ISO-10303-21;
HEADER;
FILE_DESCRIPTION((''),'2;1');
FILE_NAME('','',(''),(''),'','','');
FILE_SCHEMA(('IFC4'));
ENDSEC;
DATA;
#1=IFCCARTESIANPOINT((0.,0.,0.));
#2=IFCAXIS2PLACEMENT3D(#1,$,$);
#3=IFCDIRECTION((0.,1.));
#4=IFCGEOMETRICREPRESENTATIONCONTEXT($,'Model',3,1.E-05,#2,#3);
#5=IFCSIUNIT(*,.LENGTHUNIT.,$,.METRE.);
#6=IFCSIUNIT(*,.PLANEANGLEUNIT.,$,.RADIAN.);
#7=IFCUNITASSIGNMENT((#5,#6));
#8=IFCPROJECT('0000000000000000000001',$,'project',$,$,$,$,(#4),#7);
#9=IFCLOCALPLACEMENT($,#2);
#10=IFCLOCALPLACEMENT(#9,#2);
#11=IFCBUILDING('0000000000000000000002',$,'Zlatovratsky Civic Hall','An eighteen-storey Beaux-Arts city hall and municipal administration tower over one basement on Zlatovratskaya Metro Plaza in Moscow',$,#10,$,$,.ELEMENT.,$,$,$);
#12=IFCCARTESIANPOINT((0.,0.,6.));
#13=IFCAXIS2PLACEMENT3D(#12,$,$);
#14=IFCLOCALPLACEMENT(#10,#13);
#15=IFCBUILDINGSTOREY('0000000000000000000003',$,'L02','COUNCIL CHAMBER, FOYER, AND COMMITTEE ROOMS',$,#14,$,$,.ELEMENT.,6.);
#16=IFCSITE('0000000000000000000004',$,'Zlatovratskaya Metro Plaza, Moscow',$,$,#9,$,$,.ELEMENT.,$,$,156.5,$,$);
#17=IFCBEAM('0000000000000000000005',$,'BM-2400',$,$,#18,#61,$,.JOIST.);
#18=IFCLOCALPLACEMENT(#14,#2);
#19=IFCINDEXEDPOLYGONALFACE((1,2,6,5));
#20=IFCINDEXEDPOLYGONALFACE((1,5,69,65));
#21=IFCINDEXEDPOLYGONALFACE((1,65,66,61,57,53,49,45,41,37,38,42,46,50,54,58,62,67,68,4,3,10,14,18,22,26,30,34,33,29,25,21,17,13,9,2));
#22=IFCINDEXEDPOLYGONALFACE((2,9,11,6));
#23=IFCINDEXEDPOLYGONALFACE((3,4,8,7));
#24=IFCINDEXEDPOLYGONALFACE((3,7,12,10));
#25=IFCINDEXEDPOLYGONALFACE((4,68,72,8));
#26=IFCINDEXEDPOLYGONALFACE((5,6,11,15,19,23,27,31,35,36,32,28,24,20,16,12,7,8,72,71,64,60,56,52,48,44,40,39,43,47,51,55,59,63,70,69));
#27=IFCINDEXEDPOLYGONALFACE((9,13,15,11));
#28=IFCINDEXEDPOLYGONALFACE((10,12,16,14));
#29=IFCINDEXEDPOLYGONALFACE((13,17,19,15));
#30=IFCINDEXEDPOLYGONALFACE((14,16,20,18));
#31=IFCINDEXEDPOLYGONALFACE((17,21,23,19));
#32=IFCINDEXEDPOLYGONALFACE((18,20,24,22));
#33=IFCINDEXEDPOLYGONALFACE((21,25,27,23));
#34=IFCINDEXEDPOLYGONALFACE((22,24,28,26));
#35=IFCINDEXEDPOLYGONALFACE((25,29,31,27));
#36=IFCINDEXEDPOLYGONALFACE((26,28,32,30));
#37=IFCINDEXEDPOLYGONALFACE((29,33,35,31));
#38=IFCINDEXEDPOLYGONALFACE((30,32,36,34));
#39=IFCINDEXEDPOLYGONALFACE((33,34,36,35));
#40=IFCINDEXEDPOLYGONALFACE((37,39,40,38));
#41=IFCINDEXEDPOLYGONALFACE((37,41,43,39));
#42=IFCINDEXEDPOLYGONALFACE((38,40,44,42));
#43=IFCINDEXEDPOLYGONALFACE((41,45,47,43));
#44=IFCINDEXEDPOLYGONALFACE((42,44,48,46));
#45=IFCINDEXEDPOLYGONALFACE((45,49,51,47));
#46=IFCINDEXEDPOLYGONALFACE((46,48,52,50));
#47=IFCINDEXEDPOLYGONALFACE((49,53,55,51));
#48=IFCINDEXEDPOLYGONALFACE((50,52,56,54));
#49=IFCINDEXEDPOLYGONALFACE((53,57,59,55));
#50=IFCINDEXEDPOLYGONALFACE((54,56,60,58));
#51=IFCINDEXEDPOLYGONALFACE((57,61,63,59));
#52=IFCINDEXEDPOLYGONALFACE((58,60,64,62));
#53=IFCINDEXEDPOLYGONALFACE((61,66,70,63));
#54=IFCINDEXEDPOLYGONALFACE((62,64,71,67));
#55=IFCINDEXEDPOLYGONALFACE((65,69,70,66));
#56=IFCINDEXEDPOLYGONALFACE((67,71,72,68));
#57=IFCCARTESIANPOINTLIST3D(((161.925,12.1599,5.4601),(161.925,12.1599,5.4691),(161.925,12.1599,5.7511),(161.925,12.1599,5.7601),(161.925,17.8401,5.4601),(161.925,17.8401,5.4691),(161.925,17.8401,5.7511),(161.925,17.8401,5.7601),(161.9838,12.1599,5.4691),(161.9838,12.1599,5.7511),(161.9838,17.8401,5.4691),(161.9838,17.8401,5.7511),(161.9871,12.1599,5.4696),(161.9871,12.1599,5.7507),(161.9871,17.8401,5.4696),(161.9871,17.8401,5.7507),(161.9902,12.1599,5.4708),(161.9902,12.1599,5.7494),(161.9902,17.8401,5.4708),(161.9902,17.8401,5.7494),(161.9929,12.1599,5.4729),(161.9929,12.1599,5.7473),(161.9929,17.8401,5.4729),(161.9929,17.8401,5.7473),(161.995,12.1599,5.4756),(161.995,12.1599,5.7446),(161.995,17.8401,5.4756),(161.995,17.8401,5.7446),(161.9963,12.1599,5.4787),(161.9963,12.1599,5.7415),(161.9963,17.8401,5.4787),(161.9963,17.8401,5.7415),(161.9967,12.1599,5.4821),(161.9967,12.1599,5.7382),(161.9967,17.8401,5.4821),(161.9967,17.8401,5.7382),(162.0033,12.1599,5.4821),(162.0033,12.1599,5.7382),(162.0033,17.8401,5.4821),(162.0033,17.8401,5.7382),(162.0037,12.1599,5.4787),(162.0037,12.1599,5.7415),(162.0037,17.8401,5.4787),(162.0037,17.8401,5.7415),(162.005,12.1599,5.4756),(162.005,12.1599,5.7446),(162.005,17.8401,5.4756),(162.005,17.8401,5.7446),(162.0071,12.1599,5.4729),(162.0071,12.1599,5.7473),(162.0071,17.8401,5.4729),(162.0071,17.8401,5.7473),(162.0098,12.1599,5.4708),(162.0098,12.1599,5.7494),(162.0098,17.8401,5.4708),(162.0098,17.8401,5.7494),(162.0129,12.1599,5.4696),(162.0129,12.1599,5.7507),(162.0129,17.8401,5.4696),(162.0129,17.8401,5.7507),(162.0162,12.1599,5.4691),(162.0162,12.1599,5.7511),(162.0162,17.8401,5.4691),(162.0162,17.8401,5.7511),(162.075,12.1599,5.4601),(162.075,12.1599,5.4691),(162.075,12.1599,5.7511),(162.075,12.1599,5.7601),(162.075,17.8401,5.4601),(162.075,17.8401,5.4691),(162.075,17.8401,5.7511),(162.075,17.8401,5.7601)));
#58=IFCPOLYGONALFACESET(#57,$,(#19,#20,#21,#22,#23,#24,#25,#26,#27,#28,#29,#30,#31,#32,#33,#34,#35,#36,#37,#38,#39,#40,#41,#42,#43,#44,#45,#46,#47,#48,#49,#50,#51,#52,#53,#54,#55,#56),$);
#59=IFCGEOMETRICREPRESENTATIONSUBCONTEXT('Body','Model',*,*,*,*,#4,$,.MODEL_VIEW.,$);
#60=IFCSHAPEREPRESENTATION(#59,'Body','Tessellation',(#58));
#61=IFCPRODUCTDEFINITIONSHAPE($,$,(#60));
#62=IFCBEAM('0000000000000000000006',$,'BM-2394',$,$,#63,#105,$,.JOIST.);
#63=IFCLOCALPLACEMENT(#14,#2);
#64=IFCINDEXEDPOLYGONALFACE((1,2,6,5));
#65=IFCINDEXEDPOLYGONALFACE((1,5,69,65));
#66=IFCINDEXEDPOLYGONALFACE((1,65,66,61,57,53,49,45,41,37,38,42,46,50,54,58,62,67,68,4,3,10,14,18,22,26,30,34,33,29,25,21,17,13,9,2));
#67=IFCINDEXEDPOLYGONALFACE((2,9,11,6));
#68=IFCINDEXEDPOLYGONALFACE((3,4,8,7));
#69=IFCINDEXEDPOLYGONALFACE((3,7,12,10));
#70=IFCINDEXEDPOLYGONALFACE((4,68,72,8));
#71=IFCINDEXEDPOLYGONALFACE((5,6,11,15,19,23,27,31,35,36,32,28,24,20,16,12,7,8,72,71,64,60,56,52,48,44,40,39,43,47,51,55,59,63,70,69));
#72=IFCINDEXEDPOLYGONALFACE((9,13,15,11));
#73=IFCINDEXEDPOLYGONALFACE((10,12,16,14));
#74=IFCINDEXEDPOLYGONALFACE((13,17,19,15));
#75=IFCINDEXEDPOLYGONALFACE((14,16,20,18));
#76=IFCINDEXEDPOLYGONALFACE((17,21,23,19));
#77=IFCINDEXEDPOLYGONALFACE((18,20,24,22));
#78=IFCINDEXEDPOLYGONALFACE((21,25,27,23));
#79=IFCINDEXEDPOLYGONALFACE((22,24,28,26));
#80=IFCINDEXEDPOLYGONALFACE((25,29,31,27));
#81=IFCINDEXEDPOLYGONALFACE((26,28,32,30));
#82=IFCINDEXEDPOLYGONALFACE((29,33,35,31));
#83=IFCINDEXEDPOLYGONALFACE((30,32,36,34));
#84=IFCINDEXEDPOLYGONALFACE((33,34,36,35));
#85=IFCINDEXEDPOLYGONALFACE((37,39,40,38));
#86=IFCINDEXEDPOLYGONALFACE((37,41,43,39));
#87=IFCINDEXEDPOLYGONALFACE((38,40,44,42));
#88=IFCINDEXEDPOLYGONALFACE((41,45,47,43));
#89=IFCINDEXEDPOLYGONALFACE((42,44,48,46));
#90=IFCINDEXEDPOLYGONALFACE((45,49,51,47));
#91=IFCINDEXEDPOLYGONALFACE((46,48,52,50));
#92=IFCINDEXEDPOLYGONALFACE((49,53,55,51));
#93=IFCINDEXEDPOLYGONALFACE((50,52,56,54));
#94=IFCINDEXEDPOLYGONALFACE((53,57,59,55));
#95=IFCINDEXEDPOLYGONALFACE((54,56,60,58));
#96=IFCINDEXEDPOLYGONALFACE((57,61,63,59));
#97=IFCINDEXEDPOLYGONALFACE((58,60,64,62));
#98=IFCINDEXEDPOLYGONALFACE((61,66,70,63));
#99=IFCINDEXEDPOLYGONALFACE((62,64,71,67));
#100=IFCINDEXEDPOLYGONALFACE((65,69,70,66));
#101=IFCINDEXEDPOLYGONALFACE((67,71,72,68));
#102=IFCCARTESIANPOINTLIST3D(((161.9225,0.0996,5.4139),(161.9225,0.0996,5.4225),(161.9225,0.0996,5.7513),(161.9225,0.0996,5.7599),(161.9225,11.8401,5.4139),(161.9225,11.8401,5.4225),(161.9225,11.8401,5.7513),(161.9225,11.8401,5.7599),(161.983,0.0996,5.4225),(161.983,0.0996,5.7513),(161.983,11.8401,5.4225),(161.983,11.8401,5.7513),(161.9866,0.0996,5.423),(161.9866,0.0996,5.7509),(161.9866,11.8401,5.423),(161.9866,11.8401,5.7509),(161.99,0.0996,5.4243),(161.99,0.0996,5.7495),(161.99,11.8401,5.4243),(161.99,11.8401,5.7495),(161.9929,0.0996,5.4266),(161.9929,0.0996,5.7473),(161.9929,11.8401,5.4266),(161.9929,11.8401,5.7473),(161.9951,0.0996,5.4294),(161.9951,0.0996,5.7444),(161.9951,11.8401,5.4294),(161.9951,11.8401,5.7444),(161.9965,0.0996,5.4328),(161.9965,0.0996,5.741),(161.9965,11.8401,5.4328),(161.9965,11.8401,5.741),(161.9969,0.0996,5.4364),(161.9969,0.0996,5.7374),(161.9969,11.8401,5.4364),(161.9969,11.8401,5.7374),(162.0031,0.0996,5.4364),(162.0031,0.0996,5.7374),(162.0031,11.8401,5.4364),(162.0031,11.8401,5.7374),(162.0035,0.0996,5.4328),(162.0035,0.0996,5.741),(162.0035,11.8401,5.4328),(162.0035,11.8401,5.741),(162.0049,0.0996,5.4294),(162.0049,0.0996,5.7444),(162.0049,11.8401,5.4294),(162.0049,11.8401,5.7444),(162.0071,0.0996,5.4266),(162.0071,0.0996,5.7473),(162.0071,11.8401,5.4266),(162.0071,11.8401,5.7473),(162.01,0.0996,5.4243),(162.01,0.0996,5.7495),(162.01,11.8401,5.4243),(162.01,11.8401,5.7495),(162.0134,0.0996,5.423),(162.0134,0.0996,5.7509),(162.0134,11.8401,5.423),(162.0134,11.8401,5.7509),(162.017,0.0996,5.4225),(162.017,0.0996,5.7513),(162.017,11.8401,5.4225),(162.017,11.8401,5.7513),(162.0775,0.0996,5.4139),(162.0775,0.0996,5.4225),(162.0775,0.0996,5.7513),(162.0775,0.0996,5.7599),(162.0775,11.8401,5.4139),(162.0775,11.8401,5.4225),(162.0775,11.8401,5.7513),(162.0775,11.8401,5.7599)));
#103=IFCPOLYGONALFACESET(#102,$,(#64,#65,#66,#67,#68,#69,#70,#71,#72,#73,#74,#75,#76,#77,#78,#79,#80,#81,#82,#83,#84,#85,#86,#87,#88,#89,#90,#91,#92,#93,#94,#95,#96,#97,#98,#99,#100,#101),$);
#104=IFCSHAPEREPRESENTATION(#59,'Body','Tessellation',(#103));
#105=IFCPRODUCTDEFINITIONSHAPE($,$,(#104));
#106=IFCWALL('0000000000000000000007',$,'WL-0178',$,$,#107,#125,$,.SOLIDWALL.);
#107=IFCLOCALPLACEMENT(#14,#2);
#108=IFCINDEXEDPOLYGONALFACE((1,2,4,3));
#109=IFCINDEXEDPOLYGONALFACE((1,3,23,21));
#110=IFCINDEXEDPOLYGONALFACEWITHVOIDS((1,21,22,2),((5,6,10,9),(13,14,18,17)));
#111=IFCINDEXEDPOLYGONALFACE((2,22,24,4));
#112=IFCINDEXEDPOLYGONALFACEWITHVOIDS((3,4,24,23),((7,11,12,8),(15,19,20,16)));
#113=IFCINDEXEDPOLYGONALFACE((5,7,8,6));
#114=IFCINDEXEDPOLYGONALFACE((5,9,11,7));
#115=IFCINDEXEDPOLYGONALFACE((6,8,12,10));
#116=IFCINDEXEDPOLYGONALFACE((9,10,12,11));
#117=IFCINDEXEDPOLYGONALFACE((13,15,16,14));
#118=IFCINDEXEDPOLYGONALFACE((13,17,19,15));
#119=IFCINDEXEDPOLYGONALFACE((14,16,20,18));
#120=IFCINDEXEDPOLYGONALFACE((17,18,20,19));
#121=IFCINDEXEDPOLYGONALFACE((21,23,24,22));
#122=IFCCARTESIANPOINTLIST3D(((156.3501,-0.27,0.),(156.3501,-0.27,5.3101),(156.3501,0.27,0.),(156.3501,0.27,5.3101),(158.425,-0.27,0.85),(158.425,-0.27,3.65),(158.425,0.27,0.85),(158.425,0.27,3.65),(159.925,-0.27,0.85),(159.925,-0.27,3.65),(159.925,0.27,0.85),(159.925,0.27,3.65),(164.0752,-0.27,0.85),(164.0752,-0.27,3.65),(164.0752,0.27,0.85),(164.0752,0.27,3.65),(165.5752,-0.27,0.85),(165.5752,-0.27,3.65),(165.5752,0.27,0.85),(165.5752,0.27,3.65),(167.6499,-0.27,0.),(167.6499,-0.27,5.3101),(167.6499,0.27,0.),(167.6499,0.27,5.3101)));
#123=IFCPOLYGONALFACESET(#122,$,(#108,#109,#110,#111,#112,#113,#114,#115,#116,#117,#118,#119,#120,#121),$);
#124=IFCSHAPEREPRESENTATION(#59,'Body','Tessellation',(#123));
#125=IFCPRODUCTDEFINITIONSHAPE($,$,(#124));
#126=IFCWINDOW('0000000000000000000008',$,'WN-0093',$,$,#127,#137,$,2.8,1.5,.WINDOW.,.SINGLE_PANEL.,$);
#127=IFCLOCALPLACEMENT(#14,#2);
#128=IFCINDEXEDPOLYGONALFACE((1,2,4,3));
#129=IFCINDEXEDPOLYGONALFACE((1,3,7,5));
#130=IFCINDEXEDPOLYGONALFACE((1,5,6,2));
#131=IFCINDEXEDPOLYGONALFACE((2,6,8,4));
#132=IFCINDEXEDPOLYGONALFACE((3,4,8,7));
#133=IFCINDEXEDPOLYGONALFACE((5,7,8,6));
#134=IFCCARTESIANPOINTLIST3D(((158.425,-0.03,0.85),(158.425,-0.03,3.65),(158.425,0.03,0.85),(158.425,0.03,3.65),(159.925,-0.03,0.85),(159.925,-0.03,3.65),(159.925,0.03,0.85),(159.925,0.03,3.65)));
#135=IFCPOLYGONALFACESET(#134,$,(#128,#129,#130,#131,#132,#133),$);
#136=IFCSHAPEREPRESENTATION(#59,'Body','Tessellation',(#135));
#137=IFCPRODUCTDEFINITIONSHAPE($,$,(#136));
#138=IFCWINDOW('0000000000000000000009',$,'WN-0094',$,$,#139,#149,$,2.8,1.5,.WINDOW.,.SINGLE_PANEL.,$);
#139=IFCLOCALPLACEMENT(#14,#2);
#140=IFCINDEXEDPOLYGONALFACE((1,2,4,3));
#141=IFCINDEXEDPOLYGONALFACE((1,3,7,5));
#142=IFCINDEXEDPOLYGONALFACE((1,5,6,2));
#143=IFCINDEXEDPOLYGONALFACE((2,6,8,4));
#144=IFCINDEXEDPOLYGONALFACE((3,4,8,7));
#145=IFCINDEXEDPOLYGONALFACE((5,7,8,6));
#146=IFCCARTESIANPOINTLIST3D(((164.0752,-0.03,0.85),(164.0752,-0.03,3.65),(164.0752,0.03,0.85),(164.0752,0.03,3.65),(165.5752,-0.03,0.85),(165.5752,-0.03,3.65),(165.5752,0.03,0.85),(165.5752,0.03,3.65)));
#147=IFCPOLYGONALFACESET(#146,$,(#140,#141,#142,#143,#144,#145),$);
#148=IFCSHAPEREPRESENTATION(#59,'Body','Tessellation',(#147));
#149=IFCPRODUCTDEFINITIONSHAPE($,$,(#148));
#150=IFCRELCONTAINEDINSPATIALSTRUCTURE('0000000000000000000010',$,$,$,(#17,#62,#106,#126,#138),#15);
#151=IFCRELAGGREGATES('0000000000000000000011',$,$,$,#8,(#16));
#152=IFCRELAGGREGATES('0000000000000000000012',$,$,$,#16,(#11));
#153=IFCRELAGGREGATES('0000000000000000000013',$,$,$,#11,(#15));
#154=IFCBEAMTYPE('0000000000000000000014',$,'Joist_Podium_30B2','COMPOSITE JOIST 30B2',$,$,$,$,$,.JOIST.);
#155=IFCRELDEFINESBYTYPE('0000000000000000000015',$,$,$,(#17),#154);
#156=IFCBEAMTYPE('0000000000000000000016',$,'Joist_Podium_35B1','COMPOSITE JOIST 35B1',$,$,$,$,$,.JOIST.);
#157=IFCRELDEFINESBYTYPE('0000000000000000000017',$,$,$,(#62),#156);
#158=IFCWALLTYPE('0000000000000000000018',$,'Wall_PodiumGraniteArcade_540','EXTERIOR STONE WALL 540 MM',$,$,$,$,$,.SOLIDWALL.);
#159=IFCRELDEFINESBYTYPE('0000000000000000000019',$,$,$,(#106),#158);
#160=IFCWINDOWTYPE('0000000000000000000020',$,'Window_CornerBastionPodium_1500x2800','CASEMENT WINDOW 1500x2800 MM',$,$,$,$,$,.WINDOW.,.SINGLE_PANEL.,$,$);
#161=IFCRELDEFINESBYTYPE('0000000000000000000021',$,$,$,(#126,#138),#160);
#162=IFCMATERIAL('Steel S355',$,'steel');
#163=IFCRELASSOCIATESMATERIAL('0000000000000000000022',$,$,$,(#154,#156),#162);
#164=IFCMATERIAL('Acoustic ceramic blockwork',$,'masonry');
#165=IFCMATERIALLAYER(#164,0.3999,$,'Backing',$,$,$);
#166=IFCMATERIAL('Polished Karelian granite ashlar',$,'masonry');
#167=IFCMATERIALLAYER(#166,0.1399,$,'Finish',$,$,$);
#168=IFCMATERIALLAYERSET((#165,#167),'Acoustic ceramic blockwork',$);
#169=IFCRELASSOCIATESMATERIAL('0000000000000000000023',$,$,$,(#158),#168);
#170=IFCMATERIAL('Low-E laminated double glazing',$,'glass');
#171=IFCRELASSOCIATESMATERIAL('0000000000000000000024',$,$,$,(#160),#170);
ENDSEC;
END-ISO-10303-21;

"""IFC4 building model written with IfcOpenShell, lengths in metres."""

from ifc_helpers import new_model, si_unit, direction, frame, frame_2d, origin, origin_2d, place, context, subcontext, project, spatial, rectangle, i_section, extrude, material, layer, layer_set, material_profile, profile_set, type_object, element, fill, save


model = new_model("IFC4")

# Units and contexts
model_context = context("Model", 3, precision=1e-05, world=origin(), true_north=direction((0.0, 1.0)))
body_context = subcontext(model_context, "Body", "Model", "MODEL_VIEW")
ifc_project = project(units=[si_unit("LENGTHUNIT", "METRE"), si_unit("PLANEANGLEUNIT", "RADIAN")], contexts=[model_context])

# Site, building, storey
site_placement = place(None, origin())
site = spatial("IfcSite", under=ifc_project, at=site_placement, Name="Zlatovratskaya Metro Plaza, Moscow", CompositionType="ELEMENT", RefElevation=156.5)
building_placement = place(site_placement, origin())
building = spatial("IfcBuilding", under=site, at=building_placement, Name="Zlatovratsky Civic Hall", Description="An eighteen-storey Beaux-Arts city hall and municipal administration tower over one basement on Zlatovratskaya Metro Plaza in Moscow", CompositionType="ELEMENT")
storey_placement = place(building_placement, frame((0.0, 0.0, 6.0)))
storey = spatial("IfcBuildingStorey", under=building, at=storey_placement, Name="L02", Description="COUNCIL CHAMBER, FOYER, AND COMMITTEE ROOMS", CompositionType="ELEMENT", Elevation=6.0)

# Shared definitions
ifc_material_1 = material(Name="Steel S355", Category="steel")

# Beams
ifc_material_profile_1 = material_profile(ifc_material_1, i_section(OverallWidth=0.1499, OverallDepth=0.3, WebThickness=0.0066, FlangeThickness=0.009, FilletRadius=0.0129, at=origin_2d()), Name="30B2")
ifc_profile_set_1 = profile_set([ifc_material_profile_1], Name="Steel S355")
beam_type_1 = type_object("IfcBeamType", Name="Joist_Podium_30B2", Description="COMPOSITE JOIST 30B2", PredefinedType="JOIST", material=ifc_profile_set_1)
beam_1_placement = place(storey_placement, frame((162.0, 12.1599, 5.6101), z_axis=(0.0, 1.0, 0.0), x_axis=(-1.0, 0.0, 0.0)))
element("IfcBeam", 1, at=beam_1_placement, inside=storey, type_object=beam_type_1, Name="BM-2400", PredefinedType="JOIST", context=body_context, shape_type="SweptSolid", body=[
    extrude(i_section(OverallWidth=0.1499, OverallDepth=0.3, WebThickness=0.0066, FlangeThickness=0.009, FilletRadius=0.0129, at=origin_2d()), origin(), (0.0, 0.0, 1.0), 5.6802),
])
ifc_material_profile_2 = material_profile(ifc_material_1, i_section(OverallWidth=0.155, OverallDepth=0.3459, WebThickness=0.0061, FlangeThickness=0.0085, FilletRadius=0.0139, at=origin_2d()), Name="35B1")
ifc_profile_set_2 = profile_set([ifc_material_profile_2], Name="Steel S355")
beam_type_2 = type_object("IfcBeamType", Name="Joist_Podium_35B1", Description="COMPOSITE JOIST 35B1", PredefinedType="JOIST", material=ifc_profile_set_2)
beam_2_placement = place(storey_placement, frame((162.0, 0.0996, 5.5869), z_axis=(0.0, 1.0, 0.0), x_axis=(-1.0, 0.0, 0.0)))
element("IfcBeam", 2, at=beam_2_placement, inside=storey, type_object=beam_type_2, Name="BM-2394", PredefinedType="JOIST", context=body_context, shape_type="SweptSolid", body=[
    extrude(i_section(OverallWidth=0.155, OverallDepth=0.3459, WebThickness=0.0061, FlangeThickness=0.0085, FilletRadius=0.0139, at=origin_2d()), origin(), (0.0, 0.0, 1.0), 11.7405),
])

# Wall, openings, windows
ifc_material_2 = material(Name="Acoustic ceramic blockwork", Category="masonry")
ifc_layer_1 = layer(ifc_material_2, 0.3999, Name="Backing")
ifc_material_3 = material(Name="Polished Karelian granite ashlar", Category="masonry")
ifc_layer_2 = layer(ifc_material_3, 0.1399, Name="Finish")
ifc_layer_set = layer_set([ifc_layer_1, ifc_layer_2], Name="Acoustic ceramic blockwork")
wall_type = type_object("IfcWallType", Name="Wall_PodiumGraniteArcade_540", Description="EXTERIOR STONE WALL 540 MM", PredefinedType="SOLIDWALL", material=ifc_layer_set)
wall_1_placement = place(storey_placement, frame((156.3501, 0.0, 0.0), z_axis=(0.0, 0.0, 1.0), x_axis=(1.0, 0.0, 0.0)))
wall_1 = element("IfcWall", 3, at=wall_1_placement, inside=storey, type_object=wall_type, Name="WL-0178", PredefinedType="SOLIDWALL", context=body_context, shape_type="SweptSolid", body=[
    extrude(rectangle(XDim=11.2998, YDim=0.54, at=frame_2d((5.6499, 0.0))), origin(), (0.0, 0.0, 1.0), 5.3101),
])
opening_1_placement = place(wall_1_placement, frame((2.075, 0.0, 0.8501)))
opening_1 = element("IfcOpeningElement", 4, at=opening_1_placement, cuts=wall_1, PredefinedType="OPENING", context=body_context, shape_type="SweptSolid", body=[
    extrude(rectangle(XDim=1.5, YDim=2.8, at=frame_2d((0.75, 1.3999))), frame((0.0, 0.2849, 0.0), z_axis=(0.0, -1.0, 0.0), x_axis=(1.0, 0.0, 0.0)), (0.0, 0.0, 1.0), 0.5698),
])
opening_2_placement = place(wall_1_placement, frame((7.7251, 0.0, 0.8501)))
opening_2 = element("IfcOpeningElement", 5, at=opening_2_placement, cuts=wall_1, PredefinedType="OPENING", context=body_context, shape_type="SweptSolid", body=[
    extrude(rectangle(XDim=1.5, YDim=2.8, at=frame_2d((0.75, 1.3999))), frame((0.0, 0.2849, 0.0), z_axis=(0.0, -1.0, 0.0), x_axis=(1.0, 0.0, 0.0)), (0.0, 0.0, 1.0), 0.5698),
])
ifc_material_4 = material(Name="Low-E laminated double glazing", Category="glass")
window_type_1 = type_object("IfcWindowType", Name="Window_CornerBastionPodium_1500x2800", Description="CASEMENT WINDOW 1500x2800 MM", PartitioningType="SINGLE_PANEL", PredefinedType="WINDOW", material=ifc_material_4)
window_1_placement = place(opening_1_placement, origin())
window_1 = element("IfcWindow", 6, at=window_1_placement, inside=storey, type_object=window_type_1, Name="WN-0093", OverallHeight=2.8, OverallWidth=1.5, PartitioningType="SINGLE_PANEL", PredefinedType="WINDOW", context=body_context, shape_type="SweptSolid", body=[
    extrude(rectangle(XDim=1.5, YDim=2.8, at=frame_2d((0.75, 1.3999))), frame((0.0, 0.03, 0.0), z_axis=(0.0, -1.0, 0.0), x_axis=(1.0, 0.0, 0.0)), (0.0, 0.0, 1.0), 0.0601),
])
fill(opening_1, window_1)
window_2_placement = place(opening_2_placement, origin())
window_2 = element("IfcWindow", 7, at=window_2_placement, inside=storey, type_object=window_type_1, Name="WN-0094", OverallHeight=2.8, OverallWidth=1.5, PartitioningType="SINGLE_PANEL", PredefinedType="WINDOW", context=body_context, shape_type="SweptSolid", body=[
    extrude(rectangle(XDim=1.5, YDim=2.8, at=frame_2d((0.75, 1.3999))), frame((0.0, 0.03, 0.0), z_axis=(0.0, -1.0, 0.0), x_axis=(1.0, 0.0, 0.0)), (0.0, 0.0, 1.0), 0.0601),
])
fill(opening_2, window_2)

save(model, "model.ifc")
